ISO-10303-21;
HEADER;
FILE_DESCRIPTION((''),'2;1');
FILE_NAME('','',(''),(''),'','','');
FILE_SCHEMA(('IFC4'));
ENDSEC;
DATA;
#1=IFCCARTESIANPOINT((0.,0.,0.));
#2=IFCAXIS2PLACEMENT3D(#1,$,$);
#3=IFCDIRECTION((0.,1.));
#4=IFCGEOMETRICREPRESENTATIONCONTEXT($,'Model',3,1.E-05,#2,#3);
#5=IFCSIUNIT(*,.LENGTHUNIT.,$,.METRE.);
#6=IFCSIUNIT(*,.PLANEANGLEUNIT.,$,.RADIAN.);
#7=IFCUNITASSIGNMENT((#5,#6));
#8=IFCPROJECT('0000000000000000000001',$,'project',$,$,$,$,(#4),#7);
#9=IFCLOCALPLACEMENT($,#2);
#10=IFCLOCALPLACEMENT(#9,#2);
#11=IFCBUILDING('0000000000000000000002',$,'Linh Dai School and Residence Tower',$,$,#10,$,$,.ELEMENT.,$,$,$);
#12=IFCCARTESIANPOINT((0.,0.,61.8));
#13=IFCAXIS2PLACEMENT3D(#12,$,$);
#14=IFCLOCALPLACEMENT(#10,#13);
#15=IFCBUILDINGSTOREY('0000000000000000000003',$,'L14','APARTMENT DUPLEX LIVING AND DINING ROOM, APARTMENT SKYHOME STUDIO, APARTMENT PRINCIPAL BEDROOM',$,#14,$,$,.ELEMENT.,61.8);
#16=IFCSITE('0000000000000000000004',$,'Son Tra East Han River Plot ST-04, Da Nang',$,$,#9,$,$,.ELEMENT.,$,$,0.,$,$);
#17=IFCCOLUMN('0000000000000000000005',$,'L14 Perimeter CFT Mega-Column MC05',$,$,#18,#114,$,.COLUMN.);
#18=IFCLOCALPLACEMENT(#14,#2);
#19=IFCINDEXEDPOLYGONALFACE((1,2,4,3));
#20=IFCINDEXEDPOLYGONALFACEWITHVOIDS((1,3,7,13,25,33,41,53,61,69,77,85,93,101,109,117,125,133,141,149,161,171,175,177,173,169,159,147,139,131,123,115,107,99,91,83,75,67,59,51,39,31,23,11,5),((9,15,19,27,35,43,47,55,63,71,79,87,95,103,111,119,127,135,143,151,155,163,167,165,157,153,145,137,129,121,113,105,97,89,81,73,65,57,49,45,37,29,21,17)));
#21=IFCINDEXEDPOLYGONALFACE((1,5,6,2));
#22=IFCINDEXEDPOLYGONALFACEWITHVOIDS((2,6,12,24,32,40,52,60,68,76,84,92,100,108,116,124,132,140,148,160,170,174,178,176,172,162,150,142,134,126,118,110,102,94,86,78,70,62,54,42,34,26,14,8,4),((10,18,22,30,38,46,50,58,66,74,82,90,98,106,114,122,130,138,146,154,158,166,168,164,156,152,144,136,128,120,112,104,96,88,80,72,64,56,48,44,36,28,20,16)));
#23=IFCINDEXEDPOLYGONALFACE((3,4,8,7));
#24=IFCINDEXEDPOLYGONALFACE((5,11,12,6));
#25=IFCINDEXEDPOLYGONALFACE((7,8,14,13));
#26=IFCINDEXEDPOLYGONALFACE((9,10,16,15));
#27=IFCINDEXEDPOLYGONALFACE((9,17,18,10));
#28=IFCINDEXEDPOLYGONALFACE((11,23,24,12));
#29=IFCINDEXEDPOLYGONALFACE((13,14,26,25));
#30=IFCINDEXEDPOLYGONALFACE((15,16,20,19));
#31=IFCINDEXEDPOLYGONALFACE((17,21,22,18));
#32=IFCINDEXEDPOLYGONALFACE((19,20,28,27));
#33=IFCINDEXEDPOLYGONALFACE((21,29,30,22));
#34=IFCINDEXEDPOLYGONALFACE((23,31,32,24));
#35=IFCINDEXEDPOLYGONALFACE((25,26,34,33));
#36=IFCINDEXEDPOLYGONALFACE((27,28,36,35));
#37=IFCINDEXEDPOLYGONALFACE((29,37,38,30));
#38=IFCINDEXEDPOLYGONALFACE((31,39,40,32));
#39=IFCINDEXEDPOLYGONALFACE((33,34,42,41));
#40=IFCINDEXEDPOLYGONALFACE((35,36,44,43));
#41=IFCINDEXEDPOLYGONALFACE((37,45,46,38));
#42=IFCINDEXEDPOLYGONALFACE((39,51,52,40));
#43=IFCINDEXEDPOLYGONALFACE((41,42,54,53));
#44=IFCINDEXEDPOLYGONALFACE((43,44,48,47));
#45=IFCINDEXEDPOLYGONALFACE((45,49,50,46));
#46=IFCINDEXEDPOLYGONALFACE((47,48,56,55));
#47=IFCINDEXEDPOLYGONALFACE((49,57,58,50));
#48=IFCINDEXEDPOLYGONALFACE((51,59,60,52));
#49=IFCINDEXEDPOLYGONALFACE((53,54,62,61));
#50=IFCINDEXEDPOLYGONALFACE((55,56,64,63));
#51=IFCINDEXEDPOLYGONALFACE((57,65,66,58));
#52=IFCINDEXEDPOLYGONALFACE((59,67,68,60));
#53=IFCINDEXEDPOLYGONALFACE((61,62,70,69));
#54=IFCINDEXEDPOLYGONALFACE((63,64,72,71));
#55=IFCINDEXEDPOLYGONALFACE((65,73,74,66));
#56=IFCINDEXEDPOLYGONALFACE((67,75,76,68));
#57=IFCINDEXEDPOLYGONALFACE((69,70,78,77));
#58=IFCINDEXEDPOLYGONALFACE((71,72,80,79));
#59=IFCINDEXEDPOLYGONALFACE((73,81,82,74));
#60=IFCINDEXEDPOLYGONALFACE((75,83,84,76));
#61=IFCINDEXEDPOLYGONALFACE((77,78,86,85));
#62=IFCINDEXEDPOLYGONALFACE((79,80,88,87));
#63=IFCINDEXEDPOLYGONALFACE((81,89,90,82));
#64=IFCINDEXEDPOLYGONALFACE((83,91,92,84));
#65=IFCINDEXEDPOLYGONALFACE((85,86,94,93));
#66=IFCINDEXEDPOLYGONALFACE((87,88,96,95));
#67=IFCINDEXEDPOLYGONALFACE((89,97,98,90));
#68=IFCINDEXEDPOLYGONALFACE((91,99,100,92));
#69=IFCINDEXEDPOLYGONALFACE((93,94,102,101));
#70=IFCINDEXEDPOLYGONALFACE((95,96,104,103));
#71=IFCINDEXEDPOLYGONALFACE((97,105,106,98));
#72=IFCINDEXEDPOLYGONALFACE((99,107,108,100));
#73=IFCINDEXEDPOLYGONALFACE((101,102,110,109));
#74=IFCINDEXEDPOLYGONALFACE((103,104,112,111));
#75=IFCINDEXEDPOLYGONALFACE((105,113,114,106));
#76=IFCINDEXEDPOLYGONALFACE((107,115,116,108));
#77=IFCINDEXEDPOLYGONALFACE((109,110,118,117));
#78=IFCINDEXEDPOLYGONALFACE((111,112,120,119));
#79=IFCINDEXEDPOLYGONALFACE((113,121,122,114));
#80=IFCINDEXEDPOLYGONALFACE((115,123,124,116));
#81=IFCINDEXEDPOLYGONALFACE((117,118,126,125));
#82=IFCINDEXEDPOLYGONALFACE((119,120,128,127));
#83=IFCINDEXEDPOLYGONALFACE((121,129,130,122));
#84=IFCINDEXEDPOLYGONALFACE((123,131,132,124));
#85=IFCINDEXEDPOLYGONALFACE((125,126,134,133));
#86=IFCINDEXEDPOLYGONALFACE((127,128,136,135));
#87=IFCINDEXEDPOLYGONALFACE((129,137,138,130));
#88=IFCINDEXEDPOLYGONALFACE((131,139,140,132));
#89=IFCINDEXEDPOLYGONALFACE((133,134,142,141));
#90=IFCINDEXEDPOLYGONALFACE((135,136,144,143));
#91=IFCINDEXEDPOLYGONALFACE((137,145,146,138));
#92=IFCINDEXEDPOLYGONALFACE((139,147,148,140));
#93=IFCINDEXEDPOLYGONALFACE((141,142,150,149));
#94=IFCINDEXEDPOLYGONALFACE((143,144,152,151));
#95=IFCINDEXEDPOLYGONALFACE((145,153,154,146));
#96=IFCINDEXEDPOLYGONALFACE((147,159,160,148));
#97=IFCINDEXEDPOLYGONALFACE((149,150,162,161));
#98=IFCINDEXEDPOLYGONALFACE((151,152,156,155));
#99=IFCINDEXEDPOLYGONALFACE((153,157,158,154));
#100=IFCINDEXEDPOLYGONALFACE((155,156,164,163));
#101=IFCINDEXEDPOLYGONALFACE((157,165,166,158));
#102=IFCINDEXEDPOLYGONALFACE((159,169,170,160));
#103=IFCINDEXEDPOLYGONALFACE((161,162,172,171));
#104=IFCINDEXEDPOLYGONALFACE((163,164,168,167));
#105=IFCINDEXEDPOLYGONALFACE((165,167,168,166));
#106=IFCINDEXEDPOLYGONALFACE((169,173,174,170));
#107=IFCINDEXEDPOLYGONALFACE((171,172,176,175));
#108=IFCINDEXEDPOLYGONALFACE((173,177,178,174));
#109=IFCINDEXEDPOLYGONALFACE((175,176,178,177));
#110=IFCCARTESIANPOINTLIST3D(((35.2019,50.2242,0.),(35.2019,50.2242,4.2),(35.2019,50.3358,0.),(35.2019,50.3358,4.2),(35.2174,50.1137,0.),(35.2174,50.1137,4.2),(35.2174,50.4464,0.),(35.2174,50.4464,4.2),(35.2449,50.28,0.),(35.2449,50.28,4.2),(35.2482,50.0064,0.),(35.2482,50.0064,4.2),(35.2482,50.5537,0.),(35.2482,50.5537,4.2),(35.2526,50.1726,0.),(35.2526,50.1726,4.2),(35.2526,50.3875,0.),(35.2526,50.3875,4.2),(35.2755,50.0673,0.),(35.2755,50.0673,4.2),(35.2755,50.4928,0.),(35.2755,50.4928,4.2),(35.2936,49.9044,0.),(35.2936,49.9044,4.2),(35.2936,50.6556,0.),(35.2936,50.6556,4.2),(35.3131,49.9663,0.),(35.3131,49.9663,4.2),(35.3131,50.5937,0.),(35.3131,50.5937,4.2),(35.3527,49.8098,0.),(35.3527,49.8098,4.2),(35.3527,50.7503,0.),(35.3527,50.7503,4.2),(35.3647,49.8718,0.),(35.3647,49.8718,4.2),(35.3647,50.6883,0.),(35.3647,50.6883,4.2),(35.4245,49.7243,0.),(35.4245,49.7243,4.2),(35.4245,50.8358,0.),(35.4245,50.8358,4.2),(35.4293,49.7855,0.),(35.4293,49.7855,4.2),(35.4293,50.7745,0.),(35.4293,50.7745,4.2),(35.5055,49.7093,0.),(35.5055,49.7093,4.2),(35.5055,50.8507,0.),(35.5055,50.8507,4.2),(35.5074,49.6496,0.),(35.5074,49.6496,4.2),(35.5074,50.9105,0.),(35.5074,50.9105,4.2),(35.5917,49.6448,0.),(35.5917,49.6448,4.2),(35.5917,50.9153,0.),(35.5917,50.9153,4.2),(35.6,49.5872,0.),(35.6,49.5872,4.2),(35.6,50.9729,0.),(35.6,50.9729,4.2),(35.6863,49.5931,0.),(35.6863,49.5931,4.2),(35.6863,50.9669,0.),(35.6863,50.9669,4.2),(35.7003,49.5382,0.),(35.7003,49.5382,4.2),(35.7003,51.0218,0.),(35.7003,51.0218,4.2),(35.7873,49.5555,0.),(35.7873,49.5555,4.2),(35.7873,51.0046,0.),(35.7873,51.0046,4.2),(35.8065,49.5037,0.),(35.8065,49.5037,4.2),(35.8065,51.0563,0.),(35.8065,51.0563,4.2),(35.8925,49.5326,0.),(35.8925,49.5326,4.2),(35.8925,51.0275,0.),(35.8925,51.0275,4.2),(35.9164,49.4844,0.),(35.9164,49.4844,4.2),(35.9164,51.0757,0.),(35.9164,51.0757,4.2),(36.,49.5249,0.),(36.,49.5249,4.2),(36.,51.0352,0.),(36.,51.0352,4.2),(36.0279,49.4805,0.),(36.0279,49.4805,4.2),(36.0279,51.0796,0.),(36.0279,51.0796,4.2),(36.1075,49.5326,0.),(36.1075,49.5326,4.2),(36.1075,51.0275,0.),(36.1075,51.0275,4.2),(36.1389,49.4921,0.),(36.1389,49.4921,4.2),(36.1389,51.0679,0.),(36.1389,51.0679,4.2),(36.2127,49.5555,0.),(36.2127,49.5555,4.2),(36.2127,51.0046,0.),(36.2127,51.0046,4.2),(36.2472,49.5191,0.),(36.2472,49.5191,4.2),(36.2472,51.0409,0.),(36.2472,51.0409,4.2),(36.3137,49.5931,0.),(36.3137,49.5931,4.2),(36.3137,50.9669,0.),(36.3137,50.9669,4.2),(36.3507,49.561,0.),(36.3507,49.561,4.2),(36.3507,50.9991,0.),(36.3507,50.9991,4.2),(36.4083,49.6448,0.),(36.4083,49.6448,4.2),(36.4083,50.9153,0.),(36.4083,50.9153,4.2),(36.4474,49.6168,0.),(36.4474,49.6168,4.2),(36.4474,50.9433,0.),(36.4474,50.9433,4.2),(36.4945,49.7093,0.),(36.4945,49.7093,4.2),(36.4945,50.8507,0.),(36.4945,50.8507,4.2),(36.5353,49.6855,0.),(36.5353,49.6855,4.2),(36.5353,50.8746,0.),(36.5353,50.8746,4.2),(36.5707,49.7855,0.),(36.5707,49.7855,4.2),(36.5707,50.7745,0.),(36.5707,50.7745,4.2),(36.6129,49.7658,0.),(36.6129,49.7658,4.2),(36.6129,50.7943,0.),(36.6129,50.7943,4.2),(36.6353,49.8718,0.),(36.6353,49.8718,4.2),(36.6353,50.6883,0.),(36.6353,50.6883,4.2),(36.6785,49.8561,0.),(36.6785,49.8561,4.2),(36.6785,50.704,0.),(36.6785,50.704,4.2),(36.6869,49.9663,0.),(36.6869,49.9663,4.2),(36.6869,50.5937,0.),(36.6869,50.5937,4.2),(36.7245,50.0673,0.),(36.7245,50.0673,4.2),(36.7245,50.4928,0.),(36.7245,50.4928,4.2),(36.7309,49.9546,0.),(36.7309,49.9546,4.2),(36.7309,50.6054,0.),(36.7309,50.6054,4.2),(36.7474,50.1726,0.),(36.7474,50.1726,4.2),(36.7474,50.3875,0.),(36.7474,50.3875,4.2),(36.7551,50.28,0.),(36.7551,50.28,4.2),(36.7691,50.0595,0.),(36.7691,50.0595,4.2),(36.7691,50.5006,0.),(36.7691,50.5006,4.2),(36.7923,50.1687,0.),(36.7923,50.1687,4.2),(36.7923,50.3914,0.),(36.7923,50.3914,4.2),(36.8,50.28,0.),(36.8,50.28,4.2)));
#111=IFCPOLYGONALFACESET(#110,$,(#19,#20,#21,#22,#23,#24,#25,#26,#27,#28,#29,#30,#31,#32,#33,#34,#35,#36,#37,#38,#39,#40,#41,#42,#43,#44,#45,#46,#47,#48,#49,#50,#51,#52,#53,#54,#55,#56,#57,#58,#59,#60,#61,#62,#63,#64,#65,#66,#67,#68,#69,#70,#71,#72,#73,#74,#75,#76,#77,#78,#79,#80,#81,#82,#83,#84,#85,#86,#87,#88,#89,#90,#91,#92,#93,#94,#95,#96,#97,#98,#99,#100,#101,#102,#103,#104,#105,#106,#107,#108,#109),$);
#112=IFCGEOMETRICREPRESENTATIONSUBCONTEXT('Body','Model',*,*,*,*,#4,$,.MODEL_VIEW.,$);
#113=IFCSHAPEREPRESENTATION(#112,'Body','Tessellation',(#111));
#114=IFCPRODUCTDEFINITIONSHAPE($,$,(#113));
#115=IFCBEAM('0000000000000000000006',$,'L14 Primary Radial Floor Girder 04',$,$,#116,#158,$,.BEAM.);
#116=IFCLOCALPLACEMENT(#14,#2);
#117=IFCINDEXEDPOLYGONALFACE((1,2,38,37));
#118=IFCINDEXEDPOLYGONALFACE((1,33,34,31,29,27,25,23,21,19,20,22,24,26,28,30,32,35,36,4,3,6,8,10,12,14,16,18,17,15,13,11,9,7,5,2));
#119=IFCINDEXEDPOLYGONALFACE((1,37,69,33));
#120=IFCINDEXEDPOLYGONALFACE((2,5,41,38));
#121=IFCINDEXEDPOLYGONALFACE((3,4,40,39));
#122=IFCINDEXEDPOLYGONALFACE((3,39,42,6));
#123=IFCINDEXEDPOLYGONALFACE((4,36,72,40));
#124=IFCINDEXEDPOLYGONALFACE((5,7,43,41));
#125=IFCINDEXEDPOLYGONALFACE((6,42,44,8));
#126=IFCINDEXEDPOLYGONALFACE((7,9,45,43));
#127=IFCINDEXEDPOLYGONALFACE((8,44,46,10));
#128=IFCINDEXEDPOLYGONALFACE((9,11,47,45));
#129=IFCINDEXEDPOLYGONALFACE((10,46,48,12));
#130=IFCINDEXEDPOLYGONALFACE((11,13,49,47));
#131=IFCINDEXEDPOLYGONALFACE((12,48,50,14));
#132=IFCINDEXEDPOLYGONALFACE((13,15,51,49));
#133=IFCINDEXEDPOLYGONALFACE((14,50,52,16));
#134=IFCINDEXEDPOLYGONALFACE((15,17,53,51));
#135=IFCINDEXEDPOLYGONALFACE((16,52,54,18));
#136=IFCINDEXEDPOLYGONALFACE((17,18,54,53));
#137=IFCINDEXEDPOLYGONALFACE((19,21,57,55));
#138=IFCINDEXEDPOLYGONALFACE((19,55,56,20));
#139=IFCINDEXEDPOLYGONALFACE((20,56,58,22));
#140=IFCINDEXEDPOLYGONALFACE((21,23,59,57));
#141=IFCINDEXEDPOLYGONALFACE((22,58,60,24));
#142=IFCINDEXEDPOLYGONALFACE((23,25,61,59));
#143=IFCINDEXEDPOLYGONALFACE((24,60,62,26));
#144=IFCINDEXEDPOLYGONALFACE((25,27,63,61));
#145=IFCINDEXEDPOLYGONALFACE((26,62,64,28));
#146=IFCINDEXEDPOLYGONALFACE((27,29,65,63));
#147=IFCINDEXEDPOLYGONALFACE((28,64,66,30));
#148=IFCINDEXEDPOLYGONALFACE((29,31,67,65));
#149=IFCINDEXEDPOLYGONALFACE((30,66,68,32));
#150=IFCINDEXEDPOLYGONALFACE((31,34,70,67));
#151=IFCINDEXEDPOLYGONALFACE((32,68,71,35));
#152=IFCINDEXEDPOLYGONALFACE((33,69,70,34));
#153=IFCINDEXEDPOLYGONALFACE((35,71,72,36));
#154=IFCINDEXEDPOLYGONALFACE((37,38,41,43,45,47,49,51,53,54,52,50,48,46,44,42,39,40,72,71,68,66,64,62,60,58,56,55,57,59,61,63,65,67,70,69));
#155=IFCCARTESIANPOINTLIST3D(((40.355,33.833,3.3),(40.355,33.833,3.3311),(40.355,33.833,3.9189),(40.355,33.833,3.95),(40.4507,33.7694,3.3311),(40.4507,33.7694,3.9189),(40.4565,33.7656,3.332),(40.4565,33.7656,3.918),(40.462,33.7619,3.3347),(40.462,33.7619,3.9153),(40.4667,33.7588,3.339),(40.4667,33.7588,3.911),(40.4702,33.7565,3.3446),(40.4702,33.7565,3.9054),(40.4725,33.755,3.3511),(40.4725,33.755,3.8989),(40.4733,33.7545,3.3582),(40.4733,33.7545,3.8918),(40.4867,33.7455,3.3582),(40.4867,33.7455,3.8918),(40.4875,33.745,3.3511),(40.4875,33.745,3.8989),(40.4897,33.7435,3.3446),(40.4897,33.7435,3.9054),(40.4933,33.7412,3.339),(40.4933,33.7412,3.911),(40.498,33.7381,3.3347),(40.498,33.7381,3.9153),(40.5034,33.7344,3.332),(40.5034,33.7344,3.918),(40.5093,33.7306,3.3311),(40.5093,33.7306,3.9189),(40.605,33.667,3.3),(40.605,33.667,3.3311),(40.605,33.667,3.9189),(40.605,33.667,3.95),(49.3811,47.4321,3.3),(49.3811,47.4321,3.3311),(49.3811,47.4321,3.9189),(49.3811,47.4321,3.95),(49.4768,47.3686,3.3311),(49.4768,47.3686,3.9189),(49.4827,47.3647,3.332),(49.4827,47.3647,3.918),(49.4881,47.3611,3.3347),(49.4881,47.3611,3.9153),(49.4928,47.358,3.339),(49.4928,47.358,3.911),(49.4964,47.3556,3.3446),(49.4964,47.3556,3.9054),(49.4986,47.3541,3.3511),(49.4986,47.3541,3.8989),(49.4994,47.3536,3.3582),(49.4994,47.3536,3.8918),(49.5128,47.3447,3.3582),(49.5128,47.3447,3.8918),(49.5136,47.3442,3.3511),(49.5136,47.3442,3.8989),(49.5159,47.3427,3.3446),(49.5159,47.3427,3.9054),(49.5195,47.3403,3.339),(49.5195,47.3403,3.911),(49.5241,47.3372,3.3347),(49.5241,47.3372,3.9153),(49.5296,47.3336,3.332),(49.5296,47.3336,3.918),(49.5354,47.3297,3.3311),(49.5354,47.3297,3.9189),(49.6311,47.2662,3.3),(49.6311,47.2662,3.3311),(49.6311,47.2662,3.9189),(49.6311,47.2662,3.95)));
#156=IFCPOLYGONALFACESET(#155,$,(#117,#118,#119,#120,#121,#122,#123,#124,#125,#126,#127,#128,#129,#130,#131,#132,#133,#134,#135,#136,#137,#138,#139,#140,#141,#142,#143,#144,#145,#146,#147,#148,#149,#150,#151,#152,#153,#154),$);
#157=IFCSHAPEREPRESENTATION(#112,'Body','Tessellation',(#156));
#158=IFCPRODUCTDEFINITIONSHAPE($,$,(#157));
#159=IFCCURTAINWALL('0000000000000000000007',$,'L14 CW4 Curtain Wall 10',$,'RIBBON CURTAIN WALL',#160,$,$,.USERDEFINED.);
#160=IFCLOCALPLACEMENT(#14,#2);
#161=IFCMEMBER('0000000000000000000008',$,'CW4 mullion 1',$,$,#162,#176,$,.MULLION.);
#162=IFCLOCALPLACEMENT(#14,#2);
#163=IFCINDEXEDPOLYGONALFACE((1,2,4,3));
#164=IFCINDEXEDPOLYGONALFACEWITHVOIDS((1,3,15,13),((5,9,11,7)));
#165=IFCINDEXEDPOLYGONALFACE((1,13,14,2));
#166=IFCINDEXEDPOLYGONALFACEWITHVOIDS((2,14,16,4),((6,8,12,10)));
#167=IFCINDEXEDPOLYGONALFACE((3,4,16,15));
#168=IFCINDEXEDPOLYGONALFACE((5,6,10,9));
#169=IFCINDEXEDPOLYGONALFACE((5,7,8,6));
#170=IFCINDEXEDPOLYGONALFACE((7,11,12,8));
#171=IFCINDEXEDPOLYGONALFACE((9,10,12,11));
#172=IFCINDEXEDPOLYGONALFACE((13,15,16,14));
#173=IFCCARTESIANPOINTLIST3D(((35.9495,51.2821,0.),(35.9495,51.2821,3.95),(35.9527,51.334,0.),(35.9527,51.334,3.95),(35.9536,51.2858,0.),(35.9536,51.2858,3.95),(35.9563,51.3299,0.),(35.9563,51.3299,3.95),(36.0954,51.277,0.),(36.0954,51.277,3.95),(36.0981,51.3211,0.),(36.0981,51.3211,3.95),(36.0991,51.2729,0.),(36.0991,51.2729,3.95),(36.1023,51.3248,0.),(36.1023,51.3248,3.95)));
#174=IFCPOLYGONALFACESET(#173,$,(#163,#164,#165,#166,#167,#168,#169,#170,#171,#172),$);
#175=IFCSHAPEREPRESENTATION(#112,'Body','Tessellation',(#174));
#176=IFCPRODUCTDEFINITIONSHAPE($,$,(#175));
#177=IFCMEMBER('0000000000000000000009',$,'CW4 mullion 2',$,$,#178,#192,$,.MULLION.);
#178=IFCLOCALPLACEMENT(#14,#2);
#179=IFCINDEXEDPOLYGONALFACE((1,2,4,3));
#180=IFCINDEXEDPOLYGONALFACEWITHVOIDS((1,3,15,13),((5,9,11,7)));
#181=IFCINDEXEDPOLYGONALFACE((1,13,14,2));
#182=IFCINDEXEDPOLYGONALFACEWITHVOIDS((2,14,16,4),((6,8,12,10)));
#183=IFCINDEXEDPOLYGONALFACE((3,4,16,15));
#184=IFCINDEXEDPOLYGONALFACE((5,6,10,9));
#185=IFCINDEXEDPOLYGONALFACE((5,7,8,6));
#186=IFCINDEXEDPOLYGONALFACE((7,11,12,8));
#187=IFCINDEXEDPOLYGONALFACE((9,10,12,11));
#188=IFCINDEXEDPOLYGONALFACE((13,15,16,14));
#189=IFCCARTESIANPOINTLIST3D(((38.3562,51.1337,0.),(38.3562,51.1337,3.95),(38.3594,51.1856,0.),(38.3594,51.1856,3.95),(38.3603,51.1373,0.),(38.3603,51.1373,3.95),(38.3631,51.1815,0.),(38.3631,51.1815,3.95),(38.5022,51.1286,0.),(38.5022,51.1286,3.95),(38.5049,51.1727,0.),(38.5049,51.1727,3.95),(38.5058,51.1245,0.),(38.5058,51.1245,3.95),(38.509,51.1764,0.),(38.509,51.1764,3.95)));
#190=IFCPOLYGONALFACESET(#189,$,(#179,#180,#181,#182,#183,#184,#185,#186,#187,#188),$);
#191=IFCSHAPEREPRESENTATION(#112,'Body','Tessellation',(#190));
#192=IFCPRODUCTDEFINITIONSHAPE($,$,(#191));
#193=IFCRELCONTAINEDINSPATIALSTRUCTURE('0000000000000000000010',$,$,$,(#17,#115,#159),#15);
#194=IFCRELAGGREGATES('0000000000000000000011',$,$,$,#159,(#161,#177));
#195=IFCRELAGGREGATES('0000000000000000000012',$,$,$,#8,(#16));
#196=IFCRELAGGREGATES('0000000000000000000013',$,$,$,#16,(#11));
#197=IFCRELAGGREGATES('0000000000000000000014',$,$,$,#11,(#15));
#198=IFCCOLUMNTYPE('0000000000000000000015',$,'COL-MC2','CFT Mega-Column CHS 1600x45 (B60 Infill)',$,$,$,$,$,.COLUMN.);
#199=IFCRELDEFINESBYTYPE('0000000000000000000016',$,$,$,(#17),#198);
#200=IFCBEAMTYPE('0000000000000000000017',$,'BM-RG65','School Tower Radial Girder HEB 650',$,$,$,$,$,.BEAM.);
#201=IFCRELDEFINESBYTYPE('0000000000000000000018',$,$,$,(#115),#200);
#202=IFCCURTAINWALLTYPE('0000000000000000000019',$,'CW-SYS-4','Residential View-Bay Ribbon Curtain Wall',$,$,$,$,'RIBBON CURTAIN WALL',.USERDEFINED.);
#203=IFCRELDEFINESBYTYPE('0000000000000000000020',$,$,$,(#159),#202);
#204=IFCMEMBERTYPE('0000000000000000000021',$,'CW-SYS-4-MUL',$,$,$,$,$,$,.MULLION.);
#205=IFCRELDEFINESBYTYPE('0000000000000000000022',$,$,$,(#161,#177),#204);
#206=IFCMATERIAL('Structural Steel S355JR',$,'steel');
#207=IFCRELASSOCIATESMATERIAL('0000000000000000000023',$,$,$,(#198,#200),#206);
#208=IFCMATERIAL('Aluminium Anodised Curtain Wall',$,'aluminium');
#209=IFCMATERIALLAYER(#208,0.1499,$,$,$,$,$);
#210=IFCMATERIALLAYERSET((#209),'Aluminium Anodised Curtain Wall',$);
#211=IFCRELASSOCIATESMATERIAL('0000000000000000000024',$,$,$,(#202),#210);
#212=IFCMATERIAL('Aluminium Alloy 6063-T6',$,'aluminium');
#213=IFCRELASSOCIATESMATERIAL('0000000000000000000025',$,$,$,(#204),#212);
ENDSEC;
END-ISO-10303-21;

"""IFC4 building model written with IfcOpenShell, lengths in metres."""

from ifc_helpers import new_model, si_unit, direction, frame, origin, origin_2d, place, context, subcontext, project, spatial, hollow_rectangle, hollow_circle, i_section, extrude, source, transform, mapped, material, layer, layer_set, material_profile, profile_set, type_object, element, aggregate, save


model = new_model("IFC4")

# Units and contexts
model_context = context("Model", 3, precision=1e-05, world=origin(), true_north=direction((0.0, 1.0)))
body_context = subcontext(model_context, "Body", "Model", "MODEL_VIEW")
ifc_project = project(units=[si_unit("LENGTHUNIT", "METRE"), si_unit("PLANEANGLEUNIT", "RADIAN")], contexts=[model_context])

# Site, building, storey
site_placement = place(None, origin())
site = spatial("IfcSite", under=ifc_project, at=site_placement, Name="Son Tra East Han River Plot ST-04, Da Nang", CompositionType="ELEMENT", RefElevation=0.0)
building_placement = place(site_placement, origin())
building = spatial("IfcBuilding", under=site, at=building_placement, Name="Linh Dai School and Residence Tower", CompositionType="ELEMENT")
storey_placement = place(building_placement, frame((0.0, 0.0, 61.8)))
storey = spatial("IfcBuildingStorey", under=building, at=storey_placement, Name="L14", Description="APARTMENT DUPLEX LIVING AND DINING ROOM, APARTMENT SKYHOME STUDIO, APARTMENT PRINCIPAL BEDROOM", CompositionType="ELEMENT", Elevation=61.8)

# Column
ifc_material_1 = material(Name="Structural Steel S355JR", Category="steel")
ifc_material_profile_1 = material_profile(ifc_material_1, hollow_circle(Radius=0.8, WallThickness=0.0449, at=origin_2d()), Name="CHS 1600x45")
ifc_profile_set_1 = profile_set([ifc_material_profile_1], Name="Structural Steel S355JR")
column_type = type_object("IfcColumnType", Name="COL-MC2", Description="CFT Mega-Column CHS 1600x45 (B60 Infill)", PredefinedType="COLUMN", material=ifc_profile_set_1)
column_placement = place(storey_placement, frame((36.0, 50.28, 0.0), z_axis=(0.0, 0.0, 1.0), x_axis=(1.0, 0.0, 0.0)))
element("IfcColumn", 1, at=column_placement, inside=storey, type_object=column_type, Name="L14 Perimeter CFT Mega-Column MC05", PredefinedType="COLUMN", context=body_context, shape_type="SweptSolid", body=[
    extrude(hollow_circle(Radius=0.8, WallThickness=0.0449, at=origin_2d()), origin(), (0.0, 0.0, 1.0), 4.2),
])

# Beam
ifc_material_profile_2 = material_profile(ifc_material_1, i_section(OverallWidth=0.3, OverallDepth=0.6499, WebThickness=0.0161, FlangeThickness=0.031, FilletRadius=0.0271, at=origin_2d()), Name="HEB 650")
ifc_profile_set_2 = profile_set([ifc_material_profile_2], Name="Structural Steel S355JR")
beam_type = type_object("IfcBeamType", Name="BM-RG65", Description="School Tower Radial Girder HEB 650", PredefinedType="BEAM", material=ifc_profile_set_2)
beam_placement = place(storey_placement, frame((40.48, 33.75, 3.625), z_axis=(0.553004, 0.833178, 0.0), x_axis=(-0.833178, 0.553004, 0.0)))
element("IfcBeam", 2, at=beam_placement, inside=storey, type_object=beam_type, Name="L14 Primary Radial Floor Girder 04", PredefinedType="BEAM", context=body_context, shape_type="SweptSolid", body=[
    extrude(i_section(OverallWidth=0.3, OverallDepth=0.6499, WebThickness=0.0161, FlangeThickness=0.031, FilletRadius=0.0271, at=origin_2d()), origin(), (0.0, 0.0, 1.0), 16.322),
])

# Curtain wall, members
ifc_material_2 = material(Name="Aluminium Anodised Curtain Wall", Category="aluminium")
ifc_layer_1 = layer(ifc_material_2, 0.1499)
ifc_layer_set_1 = layer_set([ifc_layer_1], Name="Aluminium Anodised Curtain Wall")
curtain_wall_type = type_object("IfcCurtainWallType", Name="CW-SYS-4", Description="Residential View-Bay Ribbon Curtain Wall", ElementType="RIBBON CURTAIN WALL", PredefinedType="USERDEFINED", material=ifc_layer_set_1)
curtain_wall_placement = place(storey_placement, origin())
curtain_wall = element("IfcCurtainWall", 3, at=curtain_wall_placement, inside=storey, type_object=curtain_wall_type, Name="L14 CW4 Curtain Wall 10", ObjectType="RIBBON CURTAIN WALL", PredefinedType="USERDEFINED")
ifc_material_3 = material(Name="Aluminium Alloy 6063-T6", Category="aluminium")
ifc_material_profile_3 = material_profile(ifc_material_3, hollow_rectangle(XDim=0.052, YDim=0.1499, WallThickness=0.0039, at=origin_2d()), Name="RHS 150x52x4")
ifc_profile_set_3 = profile_set([ifc_material_profile_3], Name="Aluminium Alloy 6063-T6")
member_type_1 = type_object("IfcMemberType", Name="CW-SYS-4-MUL", PredefinedType="MULLION", material=ifc_profile_set_3)
shared_shape_1 = source(origin(), body_context, "Body", "SweptSolid", [
    extrude(hollow_rectangle(XDim=0.052, YDim=0.1499, WallThickness=0.0039, at=origin_2d()), origin(), (0.0, 0.0, 1.0), 3.95),
])
member_1_placement = place(storey_placement, frame((36.0259, 51.3035, 0.0), z_axis=(0.0, 0.0, 1.0), x_axis=(0.061507, 0.998107, 0.0)))
member_1 = element("IfcMember", 4, at=member_1_placement, type_object=member_type_1, Name="CW4 mullion 1", PredefinedType="MULLION", context=body_context, shape_type="MappedRepresentation", body=[
    mapped(shared_shape_1, transform((0.0, 0.0, 0.0), x_axis=(1.0, 0.0, 0.0), y_axis=(0.0, 1.0, 0.0), z_axis=(0.0, 0.0, 1.0), scale=1.0)),
])
member_2_placement = place(storey_placement, frame((38.4326, 51.155, 0.0), z_axis=(0.0, 0.0, 1.0), x_axis=(0.061507, 0.998107, 0.0)))
member_2 = element("IfcMember", 5, at=member_2_placement, type_object=member_type_1, Name="CW4 mullion 2", PredefinedType="MULLION", context=body_context, shape_type="MappedRepresentation", body=[
    mapped(shared_shape_1, transform((0.0, 0.0, 0.0), x_axis=(1.0, 0.0, 0.0), y_axis=(0.0, 1.0, 0.0), z_axis=(0.0, 0.0, 1.0), scale=1.0)),
])

aggregate(curtain_wall, [member_1, member_2])

save(model, "model.ifc")
